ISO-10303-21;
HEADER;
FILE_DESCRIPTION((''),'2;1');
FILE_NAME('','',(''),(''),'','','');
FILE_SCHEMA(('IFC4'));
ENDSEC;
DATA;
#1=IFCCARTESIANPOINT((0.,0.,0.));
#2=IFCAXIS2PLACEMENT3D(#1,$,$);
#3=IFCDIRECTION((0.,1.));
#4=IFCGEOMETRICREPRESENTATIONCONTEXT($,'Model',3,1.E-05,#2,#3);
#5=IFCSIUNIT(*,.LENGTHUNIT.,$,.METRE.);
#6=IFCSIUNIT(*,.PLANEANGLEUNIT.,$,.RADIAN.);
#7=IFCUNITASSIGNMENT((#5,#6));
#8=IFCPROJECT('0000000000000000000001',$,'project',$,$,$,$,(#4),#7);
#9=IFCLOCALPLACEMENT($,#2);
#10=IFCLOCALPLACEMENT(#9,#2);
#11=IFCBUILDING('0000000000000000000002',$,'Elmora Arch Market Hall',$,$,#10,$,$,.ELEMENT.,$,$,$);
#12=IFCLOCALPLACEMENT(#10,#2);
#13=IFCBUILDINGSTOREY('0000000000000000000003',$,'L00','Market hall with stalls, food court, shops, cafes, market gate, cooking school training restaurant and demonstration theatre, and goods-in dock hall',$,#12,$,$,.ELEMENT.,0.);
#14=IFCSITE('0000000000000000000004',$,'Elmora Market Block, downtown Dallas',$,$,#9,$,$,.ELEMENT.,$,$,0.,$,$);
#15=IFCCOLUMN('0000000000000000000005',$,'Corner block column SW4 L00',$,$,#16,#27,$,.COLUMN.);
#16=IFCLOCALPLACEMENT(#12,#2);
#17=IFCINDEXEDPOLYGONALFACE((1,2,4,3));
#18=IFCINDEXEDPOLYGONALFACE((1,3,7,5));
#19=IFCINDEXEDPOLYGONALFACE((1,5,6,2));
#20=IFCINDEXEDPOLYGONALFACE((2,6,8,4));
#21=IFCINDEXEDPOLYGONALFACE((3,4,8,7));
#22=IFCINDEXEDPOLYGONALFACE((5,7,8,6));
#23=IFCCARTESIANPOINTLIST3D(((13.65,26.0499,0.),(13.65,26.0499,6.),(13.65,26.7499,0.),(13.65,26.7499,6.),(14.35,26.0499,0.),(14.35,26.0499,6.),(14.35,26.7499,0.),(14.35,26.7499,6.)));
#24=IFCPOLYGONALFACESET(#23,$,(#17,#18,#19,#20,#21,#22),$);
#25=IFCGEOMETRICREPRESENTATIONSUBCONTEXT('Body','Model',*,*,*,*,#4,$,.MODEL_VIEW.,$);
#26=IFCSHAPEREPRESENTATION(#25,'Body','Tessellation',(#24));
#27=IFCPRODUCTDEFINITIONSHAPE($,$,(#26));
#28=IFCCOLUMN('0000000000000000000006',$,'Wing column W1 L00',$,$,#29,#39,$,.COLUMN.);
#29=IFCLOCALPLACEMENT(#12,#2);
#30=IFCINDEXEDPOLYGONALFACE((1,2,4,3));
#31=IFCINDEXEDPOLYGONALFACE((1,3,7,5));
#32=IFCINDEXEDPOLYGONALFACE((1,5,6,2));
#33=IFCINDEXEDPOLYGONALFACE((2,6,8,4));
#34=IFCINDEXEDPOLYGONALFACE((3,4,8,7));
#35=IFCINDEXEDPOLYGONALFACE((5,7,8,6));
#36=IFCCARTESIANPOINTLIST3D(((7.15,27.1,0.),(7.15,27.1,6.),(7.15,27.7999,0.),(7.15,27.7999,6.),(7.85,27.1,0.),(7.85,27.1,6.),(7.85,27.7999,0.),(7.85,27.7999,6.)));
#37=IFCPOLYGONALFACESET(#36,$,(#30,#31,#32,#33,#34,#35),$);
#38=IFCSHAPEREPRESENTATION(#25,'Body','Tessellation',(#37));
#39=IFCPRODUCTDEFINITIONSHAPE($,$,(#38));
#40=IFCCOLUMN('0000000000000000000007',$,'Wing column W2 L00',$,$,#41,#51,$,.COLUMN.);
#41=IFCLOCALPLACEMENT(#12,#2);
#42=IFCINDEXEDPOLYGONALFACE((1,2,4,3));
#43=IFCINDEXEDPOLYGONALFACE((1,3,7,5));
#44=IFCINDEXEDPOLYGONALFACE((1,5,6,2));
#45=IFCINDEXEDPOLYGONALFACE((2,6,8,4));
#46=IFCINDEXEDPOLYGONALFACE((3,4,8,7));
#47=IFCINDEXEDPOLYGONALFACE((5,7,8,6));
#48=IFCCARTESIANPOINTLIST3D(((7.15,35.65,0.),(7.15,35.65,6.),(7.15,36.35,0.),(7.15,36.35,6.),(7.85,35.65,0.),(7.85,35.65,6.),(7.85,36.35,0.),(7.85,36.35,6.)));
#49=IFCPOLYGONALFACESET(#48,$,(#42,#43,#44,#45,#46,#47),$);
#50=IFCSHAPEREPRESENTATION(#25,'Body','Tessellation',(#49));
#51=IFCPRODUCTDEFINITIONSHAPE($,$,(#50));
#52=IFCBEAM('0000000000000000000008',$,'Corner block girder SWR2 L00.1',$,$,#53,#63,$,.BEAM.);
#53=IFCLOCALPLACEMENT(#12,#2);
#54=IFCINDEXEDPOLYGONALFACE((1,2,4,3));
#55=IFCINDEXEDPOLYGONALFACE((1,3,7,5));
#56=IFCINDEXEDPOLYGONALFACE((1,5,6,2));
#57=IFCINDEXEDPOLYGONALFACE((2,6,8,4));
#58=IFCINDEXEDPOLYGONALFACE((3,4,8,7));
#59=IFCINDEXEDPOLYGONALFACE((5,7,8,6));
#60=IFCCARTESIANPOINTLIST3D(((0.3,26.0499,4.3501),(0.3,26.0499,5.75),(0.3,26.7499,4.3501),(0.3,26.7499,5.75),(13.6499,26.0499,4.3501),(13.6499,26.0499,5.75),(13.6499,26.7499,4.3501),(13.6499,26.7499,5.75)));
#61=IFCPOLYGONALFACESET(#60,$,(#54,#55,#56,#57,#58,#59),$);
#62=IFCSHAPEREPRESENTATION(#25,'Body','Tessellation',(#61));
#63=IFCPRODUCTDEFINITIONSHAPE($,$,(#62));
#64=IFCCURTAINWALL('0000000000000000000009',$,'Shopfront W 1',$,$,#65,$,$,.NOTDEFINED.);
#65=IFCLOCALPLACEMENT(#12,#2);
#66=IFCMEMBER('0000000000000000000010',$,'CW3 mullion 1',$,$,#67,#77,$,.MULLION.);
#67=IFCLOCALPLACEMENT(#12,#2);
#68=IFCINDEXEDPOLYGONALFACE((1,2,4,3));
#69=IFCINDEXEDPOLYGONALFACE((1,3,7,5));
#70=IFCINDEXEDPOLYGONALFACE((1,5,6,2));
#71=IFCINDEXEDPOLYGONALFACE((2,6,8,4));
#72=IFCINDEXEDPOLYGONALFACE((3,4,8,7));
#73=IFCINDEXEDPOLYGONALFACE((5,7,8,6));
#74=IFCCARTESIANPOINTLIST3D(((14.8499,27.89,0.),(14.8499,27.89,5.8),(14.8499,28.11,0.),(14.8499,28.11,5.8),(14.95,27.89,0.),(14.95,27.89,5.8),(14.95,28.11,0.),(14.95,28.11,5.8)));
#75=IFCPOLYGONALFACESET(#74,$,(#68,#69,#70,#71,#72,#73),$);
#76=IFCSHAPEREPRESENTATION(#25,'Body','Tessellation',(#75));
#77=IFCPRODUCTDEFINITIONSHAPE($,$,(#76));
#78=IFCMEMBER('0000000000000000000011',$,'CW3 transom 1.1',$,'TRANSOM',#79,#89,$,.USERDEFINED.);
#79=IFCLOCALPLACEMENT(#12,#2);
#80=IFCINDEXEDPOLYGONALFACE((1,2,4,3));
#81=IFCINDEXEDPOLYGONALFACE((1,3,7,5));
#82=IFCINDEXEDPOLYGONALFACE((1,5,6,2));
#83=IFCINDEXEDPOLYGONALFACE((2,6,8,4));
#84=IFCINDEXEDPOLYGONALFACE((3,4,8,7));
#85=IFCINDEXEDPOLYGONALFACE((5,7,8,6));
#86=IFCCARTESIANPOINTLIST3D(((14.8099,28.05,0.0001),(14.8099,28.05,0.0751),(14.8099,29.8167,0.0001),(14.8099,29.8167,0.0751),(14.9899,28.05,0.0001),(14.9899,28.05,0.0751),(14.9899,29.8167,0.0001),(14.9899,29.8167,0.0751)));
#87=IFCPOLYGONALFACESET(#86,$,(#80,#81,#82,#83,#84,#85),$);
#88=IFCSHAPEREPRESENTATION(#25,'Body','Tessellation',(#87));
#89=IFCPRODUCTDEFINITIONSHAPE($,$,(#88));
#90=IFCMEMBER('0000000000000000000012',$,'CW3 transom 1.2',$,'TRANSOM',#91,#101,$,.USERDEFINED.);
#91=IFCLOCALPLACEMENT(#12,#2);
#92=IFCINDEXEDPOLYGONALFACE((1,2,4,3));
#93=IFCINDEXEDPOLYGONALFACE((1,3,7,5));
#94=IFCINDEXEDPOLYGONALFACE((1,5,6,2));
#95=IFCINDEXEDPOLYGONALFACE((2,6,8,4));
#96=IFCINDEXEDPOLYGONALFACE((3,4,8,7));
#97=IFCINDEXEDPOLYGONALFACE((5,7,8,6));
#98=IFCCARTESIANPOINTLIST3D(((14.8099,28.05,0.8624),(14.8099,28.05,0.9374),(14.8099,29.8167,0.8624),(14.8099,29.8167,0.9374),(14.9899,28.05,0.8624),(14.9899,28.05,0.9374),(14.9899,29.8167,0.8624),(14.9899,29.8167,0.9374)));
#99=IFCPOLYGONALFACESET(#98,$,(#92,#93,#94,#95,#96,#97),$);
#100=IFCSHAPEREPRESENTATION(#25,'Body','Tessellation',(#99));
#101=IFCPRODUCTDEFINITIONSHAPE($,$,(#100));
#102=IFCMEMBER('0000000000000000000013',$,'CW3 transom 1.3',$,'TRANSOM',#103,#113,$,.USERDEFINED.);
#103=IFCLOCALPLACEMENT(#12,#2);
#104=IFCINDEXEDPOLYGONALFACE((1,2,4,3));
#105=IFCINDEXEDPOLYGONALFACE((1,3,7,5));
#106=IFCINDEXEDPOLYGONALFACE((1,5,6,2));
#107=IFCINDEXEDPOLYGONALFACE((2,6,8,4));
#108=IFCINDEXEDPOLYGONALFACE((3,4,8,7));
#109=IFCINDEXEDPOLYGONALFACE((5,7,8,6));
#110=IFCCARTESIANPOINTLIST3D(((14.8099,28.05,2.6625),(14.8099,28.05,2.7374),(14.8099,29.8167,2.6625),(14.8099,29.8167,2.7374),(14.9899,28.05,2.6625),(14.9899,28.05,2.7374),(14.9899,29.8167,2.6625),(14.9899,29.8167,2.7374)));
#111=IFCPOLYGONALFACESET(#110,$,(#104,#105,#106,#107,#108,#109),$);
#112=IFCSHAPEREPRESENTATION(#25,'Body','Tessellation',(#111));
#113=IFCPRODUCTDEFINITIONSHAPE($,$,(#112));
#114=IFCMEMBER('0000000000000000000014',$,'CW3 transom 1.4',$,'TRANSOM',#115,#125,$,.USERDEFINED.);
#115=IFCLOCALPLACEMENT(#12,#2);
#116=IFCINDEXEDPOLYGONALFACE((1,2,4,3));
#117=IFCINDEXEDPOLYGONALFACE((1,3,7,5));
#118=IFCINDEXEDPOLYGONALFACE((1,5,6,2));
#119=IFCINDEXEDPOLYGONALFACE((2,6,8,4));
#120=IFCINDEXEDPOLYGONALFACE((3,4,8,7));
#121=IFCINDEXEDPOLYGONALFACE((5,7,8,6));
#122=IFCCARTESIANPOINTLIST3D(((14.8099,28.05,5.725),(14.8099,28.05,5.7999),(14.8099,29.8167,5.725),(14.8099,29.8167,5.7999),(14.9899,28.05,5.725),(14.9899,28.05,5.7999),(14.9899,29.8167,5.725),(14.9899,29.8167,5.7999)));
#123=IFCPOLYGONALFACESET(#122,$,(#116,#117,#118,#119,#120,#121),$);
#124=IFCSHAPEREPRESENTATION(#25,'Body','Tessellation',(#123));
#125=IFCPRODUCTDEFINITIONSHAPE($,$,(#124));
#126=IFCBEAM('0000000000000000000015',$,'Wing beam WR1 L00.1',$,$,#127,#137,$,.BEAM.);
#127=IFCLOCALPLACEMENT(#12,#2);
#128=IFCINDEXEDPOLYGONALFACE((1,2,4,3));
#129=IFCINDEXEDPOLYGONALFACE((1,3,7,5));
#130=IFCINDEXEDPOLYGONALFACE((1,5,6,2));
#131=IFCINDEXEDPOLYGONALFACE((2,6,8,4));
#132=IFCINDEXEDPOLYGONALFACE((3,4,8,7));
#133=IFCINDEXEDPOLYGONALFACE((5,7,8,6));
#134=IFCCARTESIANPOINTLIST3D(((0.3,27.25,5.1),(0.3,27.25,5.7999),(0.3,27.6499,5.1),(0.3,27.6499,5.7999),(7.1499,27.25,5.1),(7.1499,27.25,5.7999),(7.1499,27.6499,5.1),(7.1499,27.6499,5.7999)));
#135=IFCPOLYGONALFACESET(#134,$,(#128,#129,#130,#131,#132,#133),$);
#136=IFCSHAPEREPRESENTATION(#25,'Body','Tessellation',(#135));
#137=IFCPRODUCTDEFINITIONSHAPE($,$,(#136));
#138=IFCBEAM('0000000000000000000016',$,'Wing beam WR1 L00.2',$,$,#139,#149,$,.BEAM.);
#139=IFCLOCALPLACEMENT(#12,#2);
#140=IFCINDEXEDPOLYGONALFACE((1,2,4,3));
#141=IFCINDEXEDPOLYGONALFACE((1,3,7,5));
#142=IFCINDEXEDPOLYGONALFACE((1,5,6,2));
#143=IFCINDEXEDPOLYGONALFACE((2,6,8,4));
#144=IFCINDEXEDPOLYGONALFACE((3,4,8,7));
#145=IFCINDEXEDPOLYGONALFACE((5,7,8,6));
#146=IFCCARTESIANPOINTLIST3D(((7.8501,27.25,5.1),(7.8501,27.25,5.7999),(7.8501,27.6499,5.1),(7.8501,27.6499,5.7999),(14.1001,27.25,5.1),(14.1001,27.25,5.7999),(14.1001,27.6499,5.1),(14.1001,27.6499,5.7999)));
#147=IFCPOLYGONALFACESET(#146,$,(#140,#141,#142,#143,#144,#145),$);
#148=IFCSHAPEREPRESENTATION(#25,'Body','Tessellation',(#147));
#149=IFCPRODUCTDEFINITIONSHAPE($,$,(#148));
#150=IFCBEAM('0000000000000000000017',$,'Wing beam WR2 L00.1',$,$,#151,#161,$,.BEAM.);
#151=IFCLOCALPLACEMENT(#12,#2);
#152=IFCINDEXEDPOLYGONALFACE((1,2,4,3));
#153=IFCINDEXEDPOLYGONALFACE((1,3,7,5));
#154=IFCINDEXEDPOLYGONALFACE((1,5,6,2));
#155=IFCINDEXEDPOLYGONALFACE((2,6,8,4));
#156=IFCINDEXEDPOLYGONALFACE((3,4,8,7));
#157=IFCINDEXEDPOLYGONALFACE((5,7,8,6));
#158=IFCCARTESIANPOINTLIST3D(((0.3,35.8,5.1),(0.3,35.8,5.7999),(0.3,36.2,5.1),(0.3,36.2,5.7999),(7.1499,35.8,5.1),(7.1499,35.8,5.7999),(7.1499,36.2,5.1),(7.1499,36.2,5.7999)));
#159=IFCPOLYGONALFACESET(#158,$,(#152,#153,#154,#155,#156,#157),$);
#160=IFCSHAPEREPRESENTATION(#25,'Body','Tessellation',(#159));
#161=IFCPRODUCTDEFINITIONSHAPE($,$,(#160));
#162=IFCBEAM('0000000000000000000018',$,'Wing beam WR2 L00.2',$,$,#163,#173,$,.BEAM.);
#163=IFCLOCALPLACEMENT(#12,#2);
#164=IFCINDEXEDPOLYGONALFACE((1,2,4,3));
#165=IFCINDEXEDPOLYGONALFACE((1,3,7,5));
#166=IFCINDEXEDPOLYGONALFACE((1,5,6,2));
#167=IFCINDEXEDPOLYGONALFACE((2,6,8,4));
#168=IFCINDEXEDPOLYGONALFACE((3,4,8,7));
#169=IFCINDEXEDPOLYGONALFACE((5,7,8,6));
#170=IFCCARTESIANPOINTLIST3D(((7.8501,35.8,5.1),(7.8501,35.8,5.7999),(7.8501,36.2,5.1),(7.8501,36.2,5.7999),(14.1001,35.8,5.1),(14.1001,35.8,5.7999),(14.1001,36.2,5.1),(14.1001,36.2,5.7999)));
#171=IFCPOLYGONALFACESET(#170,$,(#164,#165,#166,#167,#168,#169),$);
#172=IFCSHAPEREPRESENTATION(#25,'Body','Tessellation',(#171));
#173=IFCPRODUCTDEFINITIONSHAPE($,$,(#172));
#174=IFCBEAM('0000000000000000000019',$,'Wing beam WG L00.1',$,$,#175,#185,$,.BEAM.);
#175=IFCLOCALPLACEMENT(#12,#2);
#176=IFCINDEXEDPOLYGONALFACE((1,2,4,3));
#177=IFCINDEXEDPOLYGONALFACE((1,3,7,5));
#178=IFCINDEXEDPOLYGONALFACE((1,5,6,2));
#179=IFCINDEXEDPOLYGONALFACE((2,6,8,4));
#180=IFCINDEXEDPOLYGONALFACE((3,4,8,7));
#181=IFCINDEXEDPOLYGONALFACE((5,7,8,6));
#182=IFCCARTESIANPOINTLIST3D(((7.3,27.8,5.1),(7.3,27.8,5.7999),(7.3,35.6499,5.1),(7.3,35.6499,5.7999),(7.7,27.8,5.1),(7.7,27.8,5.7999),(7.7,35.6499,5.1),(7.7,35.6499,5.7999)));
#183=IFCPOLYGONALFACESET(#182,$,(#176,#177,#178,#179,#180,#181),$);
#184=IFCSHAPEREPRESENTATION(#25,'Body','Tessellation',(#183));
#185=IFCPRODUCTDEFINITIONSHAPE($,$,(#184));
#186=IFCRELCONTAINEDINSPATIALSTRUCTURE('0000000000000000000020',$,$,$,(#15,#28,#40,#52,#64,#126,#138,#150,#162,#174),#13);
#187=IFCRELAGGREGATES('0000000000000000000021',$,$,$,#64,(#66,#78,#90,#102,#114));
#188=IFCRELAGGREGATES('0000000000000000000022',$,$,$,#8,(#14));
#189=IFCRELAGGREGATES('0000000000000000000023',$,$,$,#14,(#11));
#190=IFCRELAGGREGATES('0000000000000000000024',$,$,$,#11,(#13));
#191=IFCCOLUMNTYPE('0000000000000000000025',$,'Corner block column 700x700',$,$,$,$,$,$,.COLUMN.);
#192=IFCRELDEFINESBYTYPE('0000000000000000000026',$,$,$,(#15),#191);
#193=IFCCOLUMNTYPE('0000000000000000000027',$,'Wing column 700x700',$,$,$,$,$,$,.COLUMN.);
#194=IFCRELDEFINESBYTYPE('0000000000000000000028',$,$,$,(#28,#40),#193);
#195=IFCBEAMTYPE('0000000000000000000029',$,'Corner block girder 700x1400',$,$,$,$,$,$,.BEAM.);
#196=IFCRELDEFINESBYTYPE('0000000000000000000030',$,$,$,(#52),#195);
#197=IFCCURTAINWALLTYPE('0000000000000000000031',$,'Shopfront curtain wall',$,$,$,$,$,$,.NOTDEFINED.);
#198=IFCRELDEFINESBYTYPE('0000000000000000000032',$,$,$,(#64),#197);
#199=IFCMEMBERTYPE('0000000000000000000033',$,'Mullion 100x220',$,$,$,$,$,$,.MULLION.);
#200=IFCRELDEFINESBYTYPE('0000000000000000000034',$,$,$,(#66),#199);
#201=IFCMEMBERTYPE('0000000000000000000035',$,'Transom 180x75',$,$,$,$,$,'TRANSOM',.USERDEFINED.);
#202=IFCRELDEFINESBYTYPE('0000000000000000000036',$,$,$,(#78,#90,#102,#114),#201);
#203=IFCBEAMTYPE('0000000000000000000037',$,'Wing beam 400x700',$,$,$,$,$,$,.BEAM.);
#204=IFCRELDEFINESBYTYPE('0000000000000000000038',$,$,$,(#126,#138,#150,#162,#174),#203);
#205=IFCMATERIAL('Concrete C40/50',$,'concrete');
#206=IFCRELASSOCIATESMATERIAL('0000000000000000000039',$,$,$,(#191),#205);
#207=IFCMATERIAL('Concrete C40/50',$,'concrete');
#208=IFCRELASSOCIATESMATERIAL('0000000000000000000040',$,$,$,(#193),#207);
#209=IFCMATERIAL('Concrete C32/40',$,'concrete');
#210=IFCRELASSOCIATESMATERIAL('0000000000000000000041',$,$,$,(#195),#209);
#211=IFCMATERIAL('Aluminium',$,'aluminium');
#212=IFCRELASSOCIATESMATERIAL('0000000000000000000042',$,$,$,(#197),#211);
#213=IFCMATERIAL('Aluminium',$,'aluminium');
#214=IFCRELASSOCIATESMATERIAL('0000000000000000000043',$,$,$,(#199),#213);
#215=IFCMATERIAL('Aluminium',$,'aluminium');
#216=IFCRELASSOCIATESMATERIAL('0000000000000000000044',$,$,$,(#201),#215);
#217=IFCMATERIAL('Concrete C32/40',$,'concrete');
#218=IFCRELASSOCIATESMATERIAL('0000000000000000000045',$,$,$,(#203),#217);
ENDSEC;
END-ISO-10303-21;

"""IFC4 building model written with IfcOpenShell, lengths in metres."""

from ifc_helpers import new_model, si_unit, direction, frame, origin, origin_2d, place, context, subcontext, project, spatial, rectangle, extrude, material, material_profile, profile_set, type_object, element, aggregate, save


model = new_model("IFC4")

# Units and contexts
model_context = context("Model", 3, precision=1e-05, world=origin(), true_north=direction((0.0, 1.0)))
body_context = subcontext(model_context, "Body", "Model", "MODEL_VIEW")
ifc_project = project(units=[si_unit("LENGTHUNIT", "METRE"), si_unit("PLANEANGLEUNIT", "RADIAN")], contexts=[model_context])

# Site, building, storey
site_placement = place(None, origin())
site = spatial("IfcSite", under=ifc_project, at=site_placement, Name="Elmora Market Block, downtown Dallas", CompositionType="ELEMENT", RefElevation=0.0)
building_placement = place(site_placement, origin())
building = spatial("IfcBuilding", under=site, at=building_placement, Name="Elmora Arch Market Hall", CompositionType="ELEMENT")
storey_placement = place(building_placement, origin())
storey = spatial("IfcBuildingStorey", under=building, at=storey_placement, Name="L00", Description="Market hall with stalls, food court, shops, cafes, market gate, cooking school training restaurant and demonstration theatre, and goods-in dock hall", CompositionType="ELEMENT", Elevation=0.0)

# Columns
ifc_material_1 = material(Name="Concrete C40/50", Category="concrete")
ifc_material_profile_1 = material_profile(ifc_material_1, rectangle(XDim=0.7, YDim=0.7, at=origin_2d()), Name="Corner block column 700x700")
ifc_profile_set_1 = profile_set([ifc_material_profile_1], Name="Concrete C40/50")
column_type_1 = type_object("IfcColumnType", Name="Corner block column 700x700", PredefinedType="COLUMN", material=ifc_profile_set_1)
column_placement = place(storey_placement, frame((14.0, 26.3999, 0.0), z_axis=(0.0, 0.0, 1.0), x_axis=(1.0, 0.0, 0.0)))
element("IfcColumn", 1, at=column_placement, inside=storey, type_object=column_type_1, Name="Corner block column SW4 L00", PredefinedType="COLUMN", context=body_context, shape_type="SweptSolid", body=[
    extrude(rectangle(XDim=0.7, YDim=0.7, at=origin_2d()), origin(), (0.0, 0.0, 1.0), 6.0),
])
ifc_material_2 = material(Name="Concrete C40/50", Category="concrete")
ifc_material_profile_2 = material_profile(ifc_material_2, rectangle(XDim=0.7, YDim=0.7, at=origin_2d()), Name="Wing column 700x700")
ifc_profile_set_2 = profile_set([ifc_material_profile_2], Name="Concrete C40/50")
column_type_2 = type_object("IfcColumnType", Name="Wing column 700x700", PredefinedType="COLUMN", material=ifc_profile_set_2)
for number, where, z_axis, x_axis, name in (
    (2, (7.5, 27.45, 0.0), (0.0, 0.0, 1.0), (1.0, 0.0, 0.0), "Wing column W1 L00"),
    (3, (7.5, 36.0, 0.0), (0.0, 0.0, 1.0), (1.0, 0.0, 0.0), "Wing column W2 L00"),
):
    element("IfcColumn", number, at=place(storey_placement, frame(where, z_axis=z_axis, x_axis=x_axis)), inside=storey, type_object=column_type_2, Name=name, PredefinedType="COLUMN", context=body_context, shape_type="SweptSolid", body=[
        extrude(rectangle(XDim=0.7, YDim=0.7, at=origin_2d()), origin(), (0.0, 0.0, 1.0), 6.0),
    ])

# Beam
ifc_material_3 = material(Name="Concrete C32/40", Category="concrete")
ifc_material_profile_3 = material_profile(ifc_material_3, rectangle(XDim=0.7, YDim=1.3999, at=origin_2d()), Name="Corner block girder 700x1400")
ifc_profile_set_3 = profile_set([ifc_material_profile_3], Name="Concrete C32/40")
beam_type_1 = type_object("IfcBeamType", Name="Corner block girder 700x1400", PredefinedType="BEAM", material=ifc_profile_set_3)
beam_1_placement = place(storey_placement, frame((0.3, 26.3999, 5.05), z_axis=(1.0, 0.0, 0.0), x_axis=(0.0, 1.0, 0.0)))
element("IfcBeam", 4, at=beam_1_placement, inside=storey, type_object=beam_type_1, Name="Corner block girder SWR2 L00.1", PredefinedType="BEAM", context=body_context, shape_type="SweptSolid", body=[
    extrude(rectangle(XDim=0.7, YDim=1.3999, at=origin_2d()), origin(), (0.0, 0.0, 1.0), 13.3499),
])

# Curtain wall, members
ifc_material_4 = material(Name="Aluminium", Category="aluminium")
curtain_wall_type = type_object("IfcCurtainWallType", Name="Shopfront curtain wall", PredefinedType="NOTDEFINED", material=ifc_material_4)
curtain_wall_placement = place(storey_placement, origin())
curtain_wall = element("IfcCurtainWall", 5, at=curtain_wall_placement, inside=storey, type_object=curtain_wall_type, Name="Shopfront W 1", PredefinedType="NOTDEFINED")
ifc_material_5 = material(Name="Aluminium", Category="aluminium")
ifc_material_profile_4 = material_profile(ifc_material_5, rectangle(XDim=0.1001, YDim=0.22, at=origin_2d()), Name="AL 100x220")
ifc_profile_set_4 = profile_set([ifc_material_profile_4], Name="Aluminium")
member_type_1 = type_object("IfcMemberType", Name="Mullion 100x220", PredefinedType="MULLION", material=ifc_profile_set_4)
member_1_placement = place(storey_placement, frame((14.8999, 28.0, 0.0), z_axis=(0.0, 0.0, 1.0), x_axis=(-1.0, 0.0, 0.0)))
member_1 = element("IfcMember", 6, at=member_1_placement, type_object=member_type_1, Name="CW3 mullion 1", PredefinedType="MULLION", context=body_context, shape_type="SweptSolid", body=[
    extrude(rectangle(XDim=0.1001, YDim=0.22, at=origin_2d()), origin(), (0.0, 0.0, 1.0), 5.8),
])
ifc_material_6 = material(Name="Aluminium", Category="aluminium")
ifc_material_profile_5 = material_profile(ifc_material_6, rectangle(XDim=0.1799, YDim=0.075, at=origin_2d()), Name="AL 180x75")
ifc_profile_set_5 = profile_set([ifc_material_profile_5], Name="Aluminium")
member_type_2 = type_object("IfcMemberType", Name="Transom 180x75", ElementType="TRANSOM", PredefinedType="USERDEFINED", material=ifc_profile_set_5)
member_2_placement = place(storey_placement, frame((14.8999, 28.05, 0.0376), z_axis=(0.0, 1.0, 0.0), x_axis=(-1.0, 0.0, 0.0)))
member_2 = element("IfcMember", 7, at=member_2_placement, type_object=member_type_2, Name="CW3 transom 1.1", ObjectType="TRANSOM", PredefinedType="USERDEFINED", context=body_context, shape_type="SweptSolid", body=[
    extrude(rectangle(XDim=0.1799, YDim=0.075, at=origin_2d()), origin(), (0.0, 0.0, 1.0), 1.7666),
])
member_3_placement = place(storey_placement, frame((14.8999, 28.05, 0.8999), z_axis=(0.0, 1.0, 0.0), x_axis=(-1.0, 0.0, 0.0)))
member_3 = element("IfcMember", 8, at=member_3_placement, type_object=member_type_2, Name="CW3 transom 1.2", ObjectType="TRANSOM", PredefinedType="USERDEFINED", context=body_context, shape_type="SweptSolid", body=[
    extrude(rectangle(XDim=0.1799, YDim=0.075, at=origin_2d()), origin(), (0.0, 0.0, 1.0), 1.7666),
])
member_4_placement = place(storey_placement, frame((14.8999, 28.05, 2.7), z_axis=(0.0, 1.0, 0.0), x_axis=(-1.0, 0.0, 0.0)))
member_4 = element("IfcMember", 9, at=member_4_placement, type_object=member_type_2, Name="CW3 transom 1.3", ObjectType="TRANSOM", PredefinedType="USERDEFINED", context=body_context, shape_type="SweptSolid", body=[
    extrude(rectangle(XDim=0.1799, YDim=0.075, at=origin_2d()), origin(), (0.0, 0.0, 1.0), 1.7666),
])
member_5_placement = place(storey_placement, frame((14.8999, 28.05, 5.7625), z_axis=(0.0, 1.0, 0.0), x_axis=(-1.0, 0.0, 0.0)))
member_5 = element("IfcMember", 10, at=member_5_placement, type_object=member_type_2, Name="CW3 transom 1.4", ObjectType="TRANSOM", PredefinedType="USERDEFINED", context=body_context, shape_type="SweptSolid", body=[
    extrude(rectangle(XDim=0.1799, YDim=0.075, at=origin_2d()), origin(), (0.0, 0.0, 1.0), 1.7666),
])
aggregate(curtain_wall, [member_1, member_2, member_3, member_4, member_5])

# Beams
ifc_material_7 = material(Name="Concrete C32/40", Category="concrete")
ifc_material_profile_6 = material_profile(ifc_material_7, rectangle(XDim=0.3999, YDim=0.7, at=origin_2d()), Name="Wing beam 400x700")
ifc_profile_set_6 = profile_set([ifc_material_profile_6], Name="Concrete C32/40")
beam_type_2 = type_object("IfcBeamType", Name="Wing beam 400x700", PredefinedType="BEAM", material=ifc_profile_set_6)
beam_2_placement = place(storey_placement, frame((0.3, 27.45, 5.45), z_axis=(1.0, 0.0, 0.0), x_axis=(0.0, 1.0, 0.0)))
element("IfcBeam", 11, at=beam_2_placement, inside=storey, type_object=beam_type_2, Name="Wing beam WR1 L00.1", PredefinedType="BEAM", context=body_context, shape_type="SweptSolid", body=[
    extrude(rectangle(XDim=0.3999, YDim=0.7, at=origin_2d()), origin(), (0.0, 0.0, 1.0), 6.8499),
])
beam_3_placement = place(storey_placement, frame((7.8501, 27.45, 5.45), z_axis=(1.0, 0.0, 0.0), x_axis=(0.0, 1.0, 0.0)))
element("IfcBeam", 12, at=beam_3_placement, inside=storey, type_object=beam_type_2, Name="Wing beam WR1 L00.2", PredefinedType="BEAM", context=body_context, shape_type="SweptSolid", body=[
    extrude(rectangle(XDim=0.3999, YDim=0.7, at=origin_2d()), origin(), (0.0, 0.0, 1.0), 6.25),
])
beam_4_placement = place(storey_placement, frame((0.3, 36.0, 5.45), z_axis=(1.0, 0.0, 0.0), x_axis=(0.0, 1.0, 0.0)))
element("IfcBeam", 13, at=beam_4_placement, inside=storey, type_object=beam_type_2, Name="Wing beam WR2 L00.1", PredefinedType="BEAM", context=body_context, shape_type="SweptSolid", body=[
    extrude(rectangle(XDim=0.3999, YDim=0.7, at=origin_2d()), origin(), (0.0, 0.0, 1.0), 6.8499),
])
beam_5_placement = place(storey_placement, frame((7.8501, 36.0, 5.45), z_axis=(1.0, 0.0, 0.0), x_axis=(0.0, 1.0, 0.0)))
element("IfcBeam", 14, at=beam_5_placement, inside=storey, type_object=beam_type_2, Name="Wing beam WR2 L00.2", PredefinedType="BEAM", context=body_context, shape_type="SweptSolid", body=[
    extrude(rectangle(XDim=0.3999, YDim=0.7, at=origin_2d()), origin(), (0.0, 0.0, 1.0), 6.25),
])
beam_6_placement = place(storey_placement, frame((7.5, 27.8, 5.45), z_axis=(0.0, 1.0, 0.0), x_axis=(-1.0, 0.0, 0.0)))
element("IfcBeam", 15, at=beam_6_placement, inside=storey, type_object=beam_type_2, Name="Wing beam WG L00.1", PredefinedType="BEAM", context=body_context, shape_type="SweptSolid", body=[
    extrude(rectangle(XDim=0.3999, YDim=0.7, at=origin_2d()), origin(), (0.0, 0.0, 1.0), 7.8499),
])

save(model, "model.ifc")
